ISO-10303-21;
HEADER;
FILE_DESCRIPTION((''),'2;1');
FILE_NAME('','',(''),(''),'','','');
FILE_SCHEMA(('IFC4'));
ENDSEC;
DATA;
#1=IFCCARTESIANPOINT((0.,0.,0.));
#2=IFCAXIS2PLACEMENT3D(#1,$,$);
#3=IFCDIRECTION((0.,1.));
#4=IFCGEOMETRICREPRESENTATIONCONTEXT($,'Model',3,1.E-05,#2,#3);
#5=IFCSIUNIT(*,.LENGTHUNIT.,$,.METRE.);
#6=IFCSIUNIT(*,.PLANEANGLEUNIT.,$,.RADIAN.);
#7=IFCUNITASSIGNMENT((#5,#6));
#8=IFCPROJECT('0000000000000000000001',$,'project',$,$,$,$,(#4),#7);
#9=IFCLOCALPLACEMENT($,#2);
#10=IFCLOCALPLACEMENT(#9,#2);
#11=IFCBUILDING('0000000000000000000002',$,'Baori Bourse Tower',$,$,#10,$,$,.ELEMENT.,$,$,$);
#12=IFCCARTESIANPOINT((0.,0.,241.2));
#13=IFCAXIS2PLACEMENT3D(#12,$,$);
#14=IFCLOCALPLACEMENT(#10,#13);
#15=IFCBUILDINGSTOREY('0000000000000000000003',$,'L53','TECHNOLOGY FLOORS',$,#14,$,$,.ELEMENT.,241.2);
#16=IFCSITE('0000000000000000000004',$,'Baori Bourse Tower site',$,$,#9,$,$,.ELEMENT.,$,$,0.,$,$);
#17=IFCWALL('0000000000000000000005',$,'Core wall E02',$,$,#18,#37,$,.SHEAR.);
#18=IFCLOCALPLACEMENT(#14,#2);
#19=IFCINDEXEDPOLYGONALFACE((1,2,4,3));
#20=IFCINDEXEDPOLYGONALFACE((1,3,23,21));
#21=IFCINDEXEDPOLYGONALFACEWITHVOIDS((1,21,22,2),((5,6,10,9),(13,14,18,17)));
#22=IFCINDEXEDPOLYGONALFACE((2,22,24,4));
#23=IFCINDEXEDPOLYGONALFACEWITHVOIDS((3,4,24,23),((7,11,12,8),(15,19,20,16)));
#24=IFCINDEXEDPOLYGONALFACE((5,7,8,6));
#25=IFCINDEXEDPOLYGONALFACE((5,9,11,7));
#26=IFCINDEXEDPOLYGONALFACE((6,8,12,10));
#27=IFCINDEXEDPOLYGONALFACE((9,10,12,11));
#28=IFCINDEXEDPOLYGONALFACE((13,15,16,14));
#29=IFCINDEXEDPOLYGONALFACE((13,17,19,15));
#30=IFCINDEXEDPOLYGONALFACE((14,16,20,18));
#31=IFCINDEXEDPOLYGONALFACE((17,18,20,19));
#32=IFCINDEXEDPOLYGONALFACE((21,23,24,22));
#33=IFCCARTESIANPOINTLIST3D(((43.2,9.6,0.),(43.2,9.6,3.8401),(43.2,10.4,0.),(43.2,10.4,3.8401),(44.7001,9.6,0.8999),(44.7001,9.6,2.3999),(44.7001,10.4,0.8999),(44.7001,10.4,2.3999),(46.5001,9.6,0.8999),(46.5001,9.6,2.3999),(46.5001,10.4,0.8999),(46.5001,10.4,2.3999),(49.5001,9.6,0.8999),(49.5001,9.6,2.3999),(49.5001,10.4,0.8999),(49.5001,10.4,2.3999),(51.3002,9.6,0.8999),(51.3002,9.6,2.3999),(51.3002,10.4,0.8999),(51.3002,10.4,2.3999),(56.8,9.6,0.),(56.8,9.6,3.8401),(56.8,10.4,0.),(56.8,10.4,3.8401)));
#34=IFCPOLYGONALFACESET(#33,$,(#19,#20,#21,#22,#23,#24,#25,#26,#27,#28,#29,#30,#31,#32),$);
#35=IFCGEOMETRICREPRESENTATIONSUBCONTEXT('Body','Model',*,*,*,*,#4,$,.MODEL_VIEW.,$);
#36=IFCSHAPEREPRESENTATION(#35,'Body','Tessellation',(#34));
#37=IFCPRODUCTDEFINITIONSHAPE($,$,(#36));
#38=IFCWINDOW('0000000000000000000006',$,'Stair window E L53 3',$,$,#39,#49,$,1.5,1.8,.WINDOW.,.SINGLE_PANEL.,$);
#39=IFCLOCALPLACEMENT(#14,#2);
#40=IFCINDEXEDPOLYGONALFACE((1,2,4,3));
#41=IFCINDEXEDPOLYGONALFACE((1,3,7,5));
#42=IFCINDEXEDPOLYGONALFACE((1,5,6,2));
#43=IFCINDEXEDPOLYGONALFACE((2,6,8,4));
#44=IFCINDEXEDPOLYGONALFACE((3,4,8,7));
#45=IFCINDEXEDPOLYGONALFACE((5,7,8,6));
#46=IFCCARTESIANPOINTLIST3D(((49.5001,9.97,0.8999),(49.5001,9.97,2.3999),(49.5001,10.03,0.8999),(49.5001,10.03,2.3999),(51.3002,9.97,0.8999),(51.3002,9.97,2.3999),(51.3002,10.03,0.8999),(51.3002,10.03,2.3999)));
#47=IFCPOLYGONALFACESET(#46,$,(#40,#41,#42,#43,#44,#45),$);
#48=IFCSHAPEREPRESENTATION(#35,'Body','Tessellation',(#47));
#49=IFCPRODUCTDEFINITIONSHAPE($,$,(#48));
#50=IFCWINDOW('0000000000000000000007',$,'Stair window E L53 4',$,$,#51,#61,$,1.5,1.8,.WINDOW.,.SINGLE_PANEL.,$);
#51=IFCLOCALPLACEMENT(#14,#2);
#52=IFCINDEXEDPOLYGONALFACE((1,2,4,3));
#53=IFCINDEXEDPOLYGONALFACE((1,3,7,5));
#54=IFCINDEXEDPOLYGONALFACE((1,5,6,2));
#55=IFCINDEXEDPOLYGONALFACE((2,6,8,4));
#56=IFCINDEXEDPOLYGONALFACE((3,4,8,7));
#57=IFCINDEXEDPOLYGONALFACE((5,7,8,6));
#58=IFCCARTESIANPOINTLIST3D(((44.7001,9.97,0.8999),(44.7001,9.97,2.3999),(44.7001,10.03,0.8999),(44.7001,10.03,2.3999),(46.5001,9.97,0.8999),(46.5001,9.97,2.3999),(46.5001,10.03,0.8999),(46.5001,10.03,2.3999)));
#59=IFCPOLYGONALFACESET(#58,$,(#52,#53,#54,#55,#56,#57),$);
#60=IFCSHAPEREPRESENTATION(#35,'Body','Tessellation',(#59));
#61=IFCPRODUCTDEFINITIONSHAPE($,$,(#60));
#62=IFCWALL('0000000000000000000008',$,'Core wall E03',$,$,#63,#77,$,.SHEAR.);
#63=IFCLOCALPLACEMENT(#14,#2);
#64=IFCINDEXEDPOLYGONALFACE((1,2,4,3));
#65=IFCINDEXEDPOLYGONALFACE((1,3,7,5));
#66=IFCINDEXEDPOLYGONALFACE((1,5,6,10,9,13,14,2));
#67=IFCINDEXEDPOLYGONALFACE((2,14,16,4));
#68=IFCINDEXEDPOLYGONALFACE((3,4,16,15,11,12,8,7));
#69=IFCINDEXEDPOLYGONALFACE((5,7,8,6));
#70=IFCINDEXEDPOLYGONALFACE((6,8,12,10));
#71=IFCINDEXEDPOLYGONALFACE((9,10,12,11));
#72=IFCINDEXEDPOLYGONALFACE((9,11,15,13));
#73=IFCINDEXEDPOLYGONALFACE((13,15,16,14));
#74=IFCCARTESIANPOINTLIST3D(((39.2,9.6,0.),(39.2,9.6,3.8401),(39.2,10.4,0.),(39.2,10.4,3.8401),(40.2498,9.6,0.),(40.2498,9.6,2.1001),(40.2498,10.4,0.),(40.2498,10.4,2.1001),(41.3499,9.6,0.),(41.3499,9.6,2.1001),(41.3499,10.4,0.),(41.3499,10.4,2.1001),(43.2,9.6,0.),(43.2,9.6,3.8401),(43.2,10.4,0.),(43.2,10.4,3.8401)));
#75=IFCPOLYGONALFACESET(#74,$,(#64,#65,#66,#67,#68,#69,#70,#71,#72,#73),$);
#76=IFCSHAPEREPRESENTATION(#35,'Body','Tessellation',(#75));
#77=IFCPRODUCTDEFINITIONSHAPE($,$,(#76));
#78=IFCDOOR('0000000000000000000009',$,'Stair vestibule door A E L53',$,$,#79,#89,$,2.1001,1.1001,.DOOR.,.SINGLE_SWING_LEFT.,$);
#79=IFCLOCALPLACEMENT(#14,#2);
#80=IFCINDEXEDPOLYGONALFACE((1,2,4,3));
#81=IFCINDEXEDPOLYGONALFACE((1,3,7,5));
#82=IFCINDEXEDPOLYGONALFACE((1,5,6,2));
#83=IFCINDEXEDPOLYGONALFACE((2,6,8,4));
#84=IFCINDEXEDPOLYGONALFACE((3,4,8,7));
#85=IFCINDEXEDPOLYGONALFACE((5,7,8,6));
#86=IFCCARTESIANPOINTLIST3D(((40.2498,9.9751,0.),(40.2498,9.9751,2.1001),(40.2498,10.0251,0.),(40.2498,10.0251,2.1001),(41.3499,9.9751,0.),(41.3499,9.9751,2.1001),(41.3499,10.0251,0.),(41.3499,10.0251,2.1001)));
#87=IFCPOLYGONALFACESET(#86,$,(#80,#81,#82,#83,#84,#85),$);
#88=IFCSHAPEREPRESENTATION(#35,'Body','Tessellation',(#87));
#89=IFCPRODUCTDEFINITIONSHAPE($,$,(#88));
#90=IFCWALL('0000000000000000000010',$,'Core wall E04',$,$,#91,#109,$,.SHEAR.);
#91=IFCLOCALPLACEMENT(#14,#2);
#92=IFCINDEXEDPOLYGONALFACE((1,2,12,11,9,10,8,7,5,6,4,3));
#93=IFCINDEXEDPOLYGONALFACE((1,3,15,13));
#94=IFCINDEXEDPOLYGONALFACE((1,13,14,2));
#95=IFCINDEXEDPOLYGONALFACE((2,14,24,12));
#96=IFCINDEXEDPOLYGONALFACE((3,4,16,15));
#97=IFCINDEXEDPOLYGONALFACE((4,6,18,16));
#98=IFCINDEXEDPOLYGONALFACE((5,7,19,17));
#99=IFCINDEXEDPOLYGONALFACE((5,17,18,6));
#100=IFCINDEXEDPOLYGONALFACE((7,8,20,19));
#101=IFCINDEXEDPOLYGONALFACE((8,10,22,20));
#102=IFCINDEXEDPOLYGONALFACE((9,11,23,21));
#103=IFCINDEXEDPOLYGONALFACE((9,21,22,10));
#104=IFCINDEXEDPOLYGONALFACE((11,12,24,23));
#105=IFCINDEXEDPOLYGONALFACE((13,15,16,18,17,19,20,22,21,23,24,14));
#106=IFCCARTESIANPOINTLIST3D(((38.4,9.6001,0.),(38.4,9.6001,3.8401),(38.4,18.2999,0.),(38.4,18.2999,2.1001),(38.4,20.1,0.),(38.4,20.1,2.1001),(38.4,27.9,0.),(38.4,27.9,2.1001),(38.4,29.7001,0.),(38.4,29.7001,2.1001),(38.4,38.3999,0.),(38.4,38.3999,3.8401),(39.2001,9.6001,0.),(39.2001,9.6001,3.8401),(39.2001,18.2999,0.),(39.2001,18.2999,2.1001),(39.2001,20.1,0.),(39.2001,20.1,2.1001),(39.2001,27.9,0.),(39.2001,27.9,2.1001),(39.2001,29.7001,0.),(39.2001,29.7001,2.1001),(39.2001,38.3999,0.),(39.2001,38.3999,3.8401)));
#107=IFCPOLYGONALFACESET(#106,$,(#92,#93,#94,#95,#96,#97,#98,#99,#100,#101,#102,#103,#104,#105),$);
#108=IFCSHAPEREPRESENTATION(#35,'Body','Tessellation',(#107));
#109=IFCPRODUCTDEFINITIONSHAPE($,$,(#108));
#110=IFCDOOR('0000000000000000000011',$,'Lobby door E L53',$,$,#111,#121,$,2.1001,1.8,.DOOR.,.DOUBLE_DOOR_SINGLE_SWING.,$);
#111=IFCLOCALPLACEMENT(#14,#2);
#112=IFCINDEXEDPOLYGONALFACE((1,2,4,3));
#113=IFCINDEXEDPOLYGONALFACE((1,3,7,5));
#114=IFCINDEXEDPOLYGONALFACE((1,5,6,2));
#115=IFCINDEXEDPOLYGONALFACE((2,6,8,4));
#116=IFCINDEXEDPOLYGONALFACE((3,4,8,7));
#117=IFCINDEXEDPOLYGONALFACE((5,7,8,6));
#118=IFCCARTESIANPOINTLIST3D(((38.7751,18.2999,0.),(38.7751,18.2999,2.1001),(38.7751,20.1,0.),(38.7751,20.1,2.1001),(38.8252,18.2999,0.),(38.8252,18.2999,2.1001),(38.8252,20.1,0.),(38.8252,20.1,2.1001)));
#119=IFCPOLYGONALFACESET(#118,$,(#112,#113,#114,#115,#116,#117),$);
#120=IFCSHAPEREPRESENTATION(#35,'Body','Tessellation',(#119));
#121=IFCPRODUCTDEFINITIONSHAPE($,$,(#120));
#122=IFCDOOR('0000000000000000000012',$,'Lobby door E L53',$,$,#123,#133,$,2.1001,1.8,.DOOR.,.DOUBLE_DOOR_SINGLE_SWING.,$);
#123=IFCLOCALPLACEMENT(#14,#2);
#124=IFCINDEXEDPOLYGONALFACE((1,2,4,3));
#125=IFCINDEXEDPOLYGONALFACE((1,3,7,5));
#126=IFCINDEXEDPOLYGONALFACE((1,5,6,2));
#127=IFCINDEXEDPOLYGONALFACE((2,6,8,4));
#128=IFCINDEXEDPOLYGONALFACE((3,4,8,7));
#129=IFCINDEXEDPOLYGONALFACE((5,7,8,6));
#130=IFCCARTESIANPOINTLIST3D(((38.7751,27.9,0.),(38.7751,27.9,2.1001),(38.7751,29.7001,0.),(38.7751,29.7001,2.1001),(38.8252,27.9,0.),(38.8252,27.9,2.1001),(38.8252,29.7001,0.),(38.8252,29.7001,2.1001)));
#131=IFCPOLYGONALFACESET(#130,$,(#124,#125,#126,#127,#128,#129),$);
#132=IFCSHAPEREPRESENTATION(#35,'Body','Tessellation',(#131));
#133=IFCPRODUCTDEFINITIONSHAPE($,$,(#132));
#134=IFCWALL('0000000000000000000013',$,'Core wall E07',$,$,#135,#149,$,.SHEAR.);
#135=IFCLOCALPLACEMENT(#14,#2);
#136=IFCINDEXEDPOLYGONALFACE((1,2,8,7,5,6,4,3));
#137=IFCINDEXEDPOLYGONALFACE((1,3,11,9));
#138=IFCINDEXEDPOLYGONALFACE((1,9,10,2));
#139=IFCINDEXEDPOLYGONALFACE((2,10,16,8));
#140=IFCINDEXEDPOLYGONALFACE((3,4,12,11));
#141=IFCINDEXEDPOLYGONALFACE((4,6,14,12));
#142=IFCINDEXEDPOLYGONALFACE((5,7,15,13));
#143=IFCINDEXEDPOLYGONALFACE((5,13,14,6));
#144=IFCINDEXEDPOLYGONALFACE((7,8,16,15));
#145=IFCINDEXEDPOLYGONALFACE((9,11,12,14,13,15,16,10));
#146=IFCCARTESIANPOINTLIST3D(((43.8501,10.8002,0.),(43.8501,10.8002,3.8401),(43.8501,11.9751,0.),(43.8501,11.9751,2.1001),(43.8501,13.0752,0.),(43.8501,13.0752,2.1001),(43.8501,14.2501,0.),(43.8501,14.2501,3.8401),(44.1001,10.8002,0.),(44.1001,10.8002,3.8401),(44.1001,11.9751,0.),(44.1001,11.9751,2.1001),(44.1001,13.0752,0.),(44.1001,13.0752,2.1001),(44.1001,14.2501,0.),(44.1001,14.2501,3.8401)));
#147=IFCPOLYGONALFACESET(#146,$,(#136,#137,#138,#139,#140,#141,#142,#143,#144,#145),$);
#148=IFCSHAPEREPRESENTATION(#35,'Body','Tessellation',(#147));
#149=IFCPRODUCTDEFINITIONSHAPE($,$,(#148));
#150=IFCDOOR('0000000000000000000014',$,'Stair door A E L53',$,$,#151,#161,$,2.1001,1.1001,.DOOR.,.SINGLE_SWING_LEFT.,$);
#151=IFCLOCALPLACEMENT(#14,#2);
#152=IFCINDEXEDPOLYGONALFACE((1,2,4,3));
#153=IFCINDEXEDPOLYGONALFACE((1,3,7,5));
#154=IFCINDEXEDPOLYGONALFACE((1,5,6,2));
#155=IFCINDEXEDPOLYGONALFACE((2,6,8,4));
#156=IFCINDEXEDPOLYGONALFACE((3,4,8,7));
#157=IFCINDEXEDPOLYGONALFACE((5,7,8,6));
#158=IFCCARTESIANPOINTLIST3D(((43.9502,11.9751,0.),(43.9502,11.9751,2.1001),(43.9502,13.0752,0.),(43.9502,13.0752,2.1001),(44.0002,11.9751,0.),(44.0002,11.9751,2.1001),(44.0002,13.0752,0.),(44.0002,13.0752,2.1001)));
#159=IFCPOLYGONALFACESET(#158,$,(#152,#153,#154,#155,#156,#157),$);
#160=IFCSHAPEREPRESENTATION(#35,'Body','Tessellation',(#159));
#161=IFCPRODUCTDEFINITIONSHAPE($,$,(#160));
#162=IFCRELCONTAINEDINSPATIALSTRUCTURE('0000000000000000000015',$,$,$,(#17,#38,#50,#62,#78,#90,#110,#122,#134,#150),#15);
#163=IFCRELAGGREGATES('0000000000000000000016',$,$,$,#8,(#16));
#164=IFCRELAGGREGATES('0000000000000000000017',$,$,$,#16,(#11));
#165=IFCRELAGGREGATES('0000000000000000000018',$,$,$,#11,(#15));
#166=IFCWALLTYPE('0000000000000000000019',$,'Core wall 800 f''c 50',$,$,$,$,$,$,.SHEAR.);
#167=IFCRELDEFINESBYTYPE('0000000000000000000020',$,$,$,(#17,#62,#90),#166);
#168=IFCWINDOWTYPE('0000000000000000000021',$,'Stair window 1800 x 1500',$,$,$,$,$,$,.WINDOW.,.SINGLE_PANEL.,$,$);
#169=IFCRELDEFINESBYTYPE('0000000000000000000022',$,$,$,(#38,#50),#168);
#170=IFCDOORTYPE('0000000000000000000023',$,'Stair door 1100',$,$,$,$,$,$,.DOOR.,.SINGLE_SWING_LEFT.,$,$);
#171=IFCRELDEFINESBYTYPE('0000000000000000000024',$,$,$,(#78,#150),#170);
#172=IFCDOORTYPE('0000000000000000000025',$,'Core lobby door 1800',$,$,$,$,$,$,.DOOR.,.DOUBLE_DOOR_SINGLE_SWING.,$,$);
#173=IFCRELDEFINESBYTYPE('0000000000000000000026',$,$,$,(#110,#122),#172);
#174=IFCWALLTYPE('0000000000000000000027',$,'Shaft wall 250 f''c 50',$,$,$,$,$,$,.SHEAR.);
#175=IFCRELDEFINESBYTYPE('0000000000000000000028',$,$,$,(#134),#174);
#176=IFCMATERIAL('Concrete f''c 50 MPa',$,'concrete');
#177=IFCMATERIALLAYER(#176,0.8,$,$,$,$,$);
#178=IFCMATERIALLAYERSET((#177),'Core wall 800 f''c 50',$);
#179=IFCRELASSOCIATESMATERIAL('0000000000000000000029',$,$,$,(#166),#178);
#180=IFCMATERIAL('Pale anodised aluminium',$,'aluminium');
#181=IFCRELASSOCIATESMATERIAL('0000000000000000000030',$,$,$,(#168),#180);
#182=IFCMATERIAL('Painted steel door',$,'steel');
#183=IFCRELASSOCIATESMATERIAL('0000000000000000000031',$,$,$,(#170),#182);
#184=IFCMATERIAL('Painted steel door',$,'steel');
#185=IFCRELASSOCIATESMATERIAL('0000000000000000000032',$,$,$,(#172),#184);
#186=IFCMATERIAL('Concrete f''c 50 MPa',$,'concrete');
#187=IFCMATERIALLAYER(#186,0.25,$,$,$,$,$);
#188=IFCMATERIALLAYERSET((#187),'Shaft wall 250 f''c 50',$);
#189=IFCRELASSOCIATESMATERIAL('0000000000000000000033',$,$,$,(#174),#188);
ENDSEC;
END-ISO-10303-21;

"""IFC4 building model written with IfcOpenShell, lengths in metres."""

from ifc_helpers import new_model, si_unit, direction, frame, frame_2d, origin, place, context, subcontext, project, spatial, rectangle, extrude, material, layer, layer_set, type_object, element, fill, save


model = new_model("IFC4")

# Units and contexts
model_context = context("Model", 3, precision=1e-05, world=origin(), true_north=direction((0.0, 1.0)))
body_context = subcontext(model_context, "Body", "Model", "MODEL_VIEW")
ifc_project = project(units=[si_unit("LENGTHUNIT", "METRE"), si_unit("PLANEANGLEUNIT", "RADIAN")], contexts=[model_context])

# Site, building, storey
site_placement = place(None, origin())
site = spatial("IfcSite", under=ifc_project, at=site_placement, Name="Baori Bourse Tower site", CompositionType="ELEMENT", RefElevation=0.0)
building_placement = place(site_placement, origin())
building = spatial("IfcBuilding", under=site, at=building_placement, Name="Baori Bourse Tower", CompositionType="ELEMENT")
storey_placement = place(building_placement, frame((0.0, 0.0, 241.2)))
storey = spatial("IfcBuildingStorey", under=building, at=storey_placement, Name="L53", Description="TECHNOLOGY FLOORS", CompositionType="ELEMENT", Elevation=241.2)

# Wall, openings, windows
ifc_material_1 = material(Name="Concrete f'c 50 MPa", Category="concrete")
ifc_layer_1 = layer(ifc_material_1, 0.8)
ifc_layer_set_1 = layer_set([ifc_layer_1], Name="Core wall 800 f'c 50")
wall_type_1 = type_object("IfcWallType", Name="Core wall 800 f'c 50", PredefinedType="SHEAR", material=ifc_layer_set_1)
wall_1_placement = place(storey_placement, frame((56.8, 10.0, 0.0), z_axis=(0.0, 0.0, 1.0), x_axis=(-1.0, 0.0, 0.0)))
wall_1 = element("IfcWall", 1, at=wall_1_placement, inside=storey, type_object=wall_type_1, Name="Core wall E02", PredefinedType="SHEAR", context=body_context, shape_type="SweptSolid", body=[
    extrude(rectangle(XDim=13.6001, YDim=0.8, at=frame_2d((6.8, 0.0))), origin(), (0.0, 0.0, 1.0), 3.8401),
])
opening_1_placement = place(wall_1_placement, frame((5.5, 0.0, 0.8999)))
opening_1 = element("IfcOpeningElement", 2, at=opening_1_placement, cuts=wall_1, PredefinedType="OPENING", context=body_context, shape_type="SweptSolid", body=[
    extrude(rectangle(XDim=1.8, YDim=1.5, at=frame_2d((0.8999, 0.75))), frame((0.0, 0.4099, 0.0), z_axis=(0.0, -1.0, 0.0), x_axis=(1.0, 0.0, 0.0)), (0.0, 0.0, 1.0), 0.8201),
])
opening_2_placement = place(wall_1_placement, frame((10.3, 0.0, 0.8999)))
opening_2 = element("IfcOpeningElement", 3, at=opening_2_placement, cuts=wall_1, PredefinedType="OPENING", context=body_context, shape_type="SweptSolid", body=[
    extrude(rectangle(XDim=1.8, YDim=1.5, at=frame_2d((0.8999, 0.75))), frame((0.0, 0.4099, 0.0), z_axis=(0.0, -1.0, 0.0), x_axis=(1.0, 0.0, 0.0)), (0.0, 0.0, 1.0), 0.8201),
])
ifc_material_2 = material(Name="Pale anodised aluminium", Category="aluminium")
window_type = type_object("IfcWindowType", Name="Stair window 1800 x 1500", PartitioningType="SINGLE_PANEL", PredefinedType="WINDOW", material=ifc_material_2)
window_1_placement = place(opening_1_placement, origin())
window_1 = element("IfcWindow", 4, at=window_1_placement, inside=storey, type_object=window_type, Name="Stair window E L53 3", OverallHeight=1.5, OverallWidth=1.8, PartitioningType="SINGLE_PANEL", PredefinedType="WINDOW", context=body_context, shape_type="SweptSolid", body=[
    extrude(rectangle(XDim=1.8, YDim=1.5, at=frame_2d((0.8999, 0.75))), frame((0.0, 0.03, 0.0), z_axis=(0.0, -1.0, 0.0), x_axis=(1.0, 0.0, 0.0)), (0.0, 0.0, 1.0), 0.0601),
])
fill(opening_1, window_1)
window_2_placement = place(opening_2_placement, origin())
window_2 = element("IfcWindow", 5, at=window_2_placement, inside=storey, type_object=window_type, Name="Stair window E L53 4", OverallHeight=1.5, OverallWidth=1.8, PartitioningType="SINGLE_PANEL", PredefinedType="WINDOW", context=body_context, shape_type="SweptSolid", body=[
    extrude(rectangle(XDim=1.8, YDim=1.5, at=frame_2d((0.8999, 0.75))), frame((0.0, 0.03, 0.0), z_axis=(0.0, -1.0, 0.0), x_axis=(1.0, 0.0, 0.0)), (0.0, 0.0, 1.0), 0.0601),
])
fill(opening_2, window_2)

# Wall, opening, door
wall_2_placement = place(storey_placement, frame((43.2, 10.0, 0.0), z_axis=(0.0, 0.0, 1.0), x_axis=(-1.0, 0.0, 0.0)))
wall_2 = element("IfcWall", 6, at=wall_2_placement, inside=storey, type_object=wall_type_1, Name="Core wall E03", PredefinedType="SHEAR", context=body_context, shape_type="SweptSolid", body=[
    extrude(rectangle(XDim=4.0, YDim=0.8, at=frame_2d((2.0, 0.0))), origin(), (0.0, 0.0, 1.0), 3.8401),
])
opening_3_placement = place(wall_2_placement, frame((1.8501, 0.0, 0.0)))
opening_3 = element("IfcOpeningElement", 7, at=opening_3_placement, cuts=wall_2, PredefinedType="OPENING", context=body_context, shape_type="SweptSolid", body=[
    extrude(rectangle(XDim=1.1001, YDim=2.1001, at=frame_2d((0.55, 1.05))), frame((0.0, 0.4099, 0.0), z_axis=(0.0, -1.0, 0.0), x_axis=(1.0, 0.0, 0.0)), (0.0, 0.0, 1.0), 0.8201),
])
ifc_material_3 = material(Name="Painted steel door", Category="steel")
door_type_1 = type_object("IfcDoorType", Name="Stair door 1100", OperationType="SINGLE_SWING_LEFT", PredefinedType="DOOR", material=ifc_material_3)
door_1_placement = place(opening_3_placement, origin())
door_1 = element("IfcDoor", 8, at=door_1_placement, inside=storey, type_object=door_type_1, Name="Stair vestibule door A E L53", OperationType="SINGLE_SWING_LEFT", OverallHeight=2.1001, OverallWidth=1.1001, PredefinedType="DOOR", context=body_context, shape_type="SweptSolid", body=[
    extrude(rectangle(XDim=1.1001, YDim=2.1001, at=frame_2d((0.55, 1.05))), frame((0.0, 0.0249, 0.0), z_axis=(0.0, -1.0, 0.0), x_axis=(1.0, 0.0, 0.0)), (0.0, 0.0, 1.0), 0.05),
])
fill(opening_3, door_1)

# Wall, openings, doors
wall_3_placement = place(storey_placement, frame((38.8, 9.6001, 0.0), z_axis=(0.0, 0.0, 1.0), x_axis=(0.0, 1.0, 0.0)))
wall_3 = element("IfcWall", 9, at=wall_3_placement, inside=storey, type_object=wall_type_1, Name="Core wall E04", PredefinedType="SHEAR", context=body_context, shape_type="SweptSolid", body=[
    extrude(rectangle(XDim=28.7998, YDim=0.8, at=frame_2d((14.3999, 0.0))), origin(), (0.0, 0.0, 1.0), 3.8401),
])
opening_4_placement = place(wall_3_placement, frame((8.7, 0.0, 0.0)))
opening_4 = element("IfcOpeningElement", 10, at=opening_4_placement, cuts=wall_3, PredefinedType="OPENING", context=body_context, shape_type="SweptSolid", body=[
    extrude(rectangle(XDim=1.8, YDim=2.1001, at=frame_2d((0.8999, 1.05))), frame((0.0, 0.4099, 0.0), z_axis=(0.0, -1.0, 0.0), x_axis=(1.0, 0.0, 0.0)), (0.0, 0.0, 1.0), 0.8201),
])
opening_5_placement = place(wall_3_placement, frame((18.3, 0.0, 0.0)))
opening_5 = element("IfcOpeningElement", 11, at=opening_5_placement, cuts=wall_3, PredefinedType="OPENING", context=body_context, shape_type="SweptSolid", body=[
    extrude(rectangle(XDim=1.8, YDim=2.1001, at=frame_2d((0.8999, 1.05))), frame((0.0, 0.4099, 0.0), z_axis=(0.0, -1.0, 0.0), x_axis=(1.0, 0.0, 0.0)), (0.0, 0.0, 1.0), 0.8201),
])
ifc_material_4 = material(Name="Painted steel door", Category="steel")
door_type_2 = type_object("IfcDoorType", Name="Core lobby door 1800", OperationType="DOUBLE_DOOR_SINGLE_SWING", PredefinedType="DOOR", material=ifc_material_4)
door_2_placement = place(opening_4_placement, origin())
door_2 = element("IfcDoor", 12, at=door_2_placement, inside=storey, type_object=door_type_2, Name="Lobby door E L53", OperationType="DOUBLE_DOOR_SINGLE_SWING", OverallHeight=2.1001, OverallWidth=1.8, PredefinedType="DOOR", context=body_context, shape_type="SweptSolid", body=[
    extrude(rectangle(XDim=1.8, YDim=2.1001, at=frame_2d((0.8999, 1.05))), frame((0.0, 0.0249, 0.0), z_axis=(0.0, -1.0, 0.0), x_axis=(1.0, 0.0, 0.0)), (0.0, 0.0, 1.0), 0.05),
])
fill(opening_4, door_2)
door_3_placement = place(opening_5_placement, origin())
door_3 = element("IfcDoor", 13, at=door_3_placement, inside=storey, type_object=door_type_2, Name="Lobby door E L53", OperationType="DOUBLE_DOOR_SINGLE_SWING", OverallHeight=2.1001, OverallWidth=1.8, PredefinedType="DOOR", context=body_context, shape_type="SweptSolid", body=[
    extrude(rectangle(XDim=1.8, YDim=2.1001, at=frame_2d((0.8999, 1.05))), frame((0.0, 0.0249, 0.0), z_axis=(0.0, -1.0, 0.0), x_axis=(1.0, 0.0, 0.0)), (0.0, 0.0, 1.0), 0.05),
])
fill(opening_5, door_3)

# Wall, opening, door
ifc_material_5 = material(Name="Concrete f'c 50 MPa", Category="concrete")
ifc_layer_2 = layer(ifc_material_5, 0.25)
ifc_layer_set_2 = layer_set([ifc_layer_2], Name="Shaft wall 250 f'c 50")
wall_type_2 = type_object("IfcWallType", Name="Shaft wall 250 f'c 50", PredefinedType="SHEAR", material=ifc_layer_set_2)
wall_4_placement = place(storey_placement, frame((43.9751, 10.8, 0.0), z_axis=(0.0, 0.0, 1.0), x_axis=(0.0, 1.0, 0.0)))
wall_4 = element("IfcWall", 14, at=wall_4_placement, inside=storey, type_object=wall_type_2, Name="Core wall E07", PredefinedType="SHEAR", context=body_context, shape_type="SweptSolid", body=[
    extrude(rectangle(XDim=3.45, YDim=0.25, at=frame_2d((1.7251, 0.0))), origin(), (0.0, 0.0, 1.0), 3.8401),
])
opening_6_placement = place(wall_4_placement, frame((1.175, 0.0, 0.0)))
opening_6 = element("IfcOpeningElement", 15, at=opening_6_placement, cuts=wall_4, PredefinedType="OPENING", context=body_context, shape_type="SweptSolid", body=[
    extrude(rectangle(XDim=1.1001, YDim=2.1001, at=frame_2d((0.55, 1.05))), frame((0.0, 0.135, 0.0), z_axis=(0.0, -1.0, 0.0), x_axis=(1.0, 0.0, 0.0)), (0.0, 0.0, 1.0), 0.27),
])
door_4_placement = place(opening_6_placement, origin())
door_4 = element("IfcDoor", 16, at=door_4_placement, inside=storey, type_object=door_type_1, Name="Stair door A E L53", OperationType="SINGLE_SWING_LEFT", OverallHeight=2.1001, OverallWidth=1.1001, PredefinedType="DOOR", context=body_context, shape_type="SweptSolid", body=[
    extrude(rectangle(XDim=1.1001, YDim=2.1001, at=frame_2d((0.55, 1.05))), frame((0.0, 0.0249, 0.0), z_axis=(0.0, -1.0, 0.0), x_axis=(1.0, 0.0, 0.0)), (0.0, 0.0, 1.0), 0.05),
])
fill(opening_6, door_4)

save(model, "model.ifc")
